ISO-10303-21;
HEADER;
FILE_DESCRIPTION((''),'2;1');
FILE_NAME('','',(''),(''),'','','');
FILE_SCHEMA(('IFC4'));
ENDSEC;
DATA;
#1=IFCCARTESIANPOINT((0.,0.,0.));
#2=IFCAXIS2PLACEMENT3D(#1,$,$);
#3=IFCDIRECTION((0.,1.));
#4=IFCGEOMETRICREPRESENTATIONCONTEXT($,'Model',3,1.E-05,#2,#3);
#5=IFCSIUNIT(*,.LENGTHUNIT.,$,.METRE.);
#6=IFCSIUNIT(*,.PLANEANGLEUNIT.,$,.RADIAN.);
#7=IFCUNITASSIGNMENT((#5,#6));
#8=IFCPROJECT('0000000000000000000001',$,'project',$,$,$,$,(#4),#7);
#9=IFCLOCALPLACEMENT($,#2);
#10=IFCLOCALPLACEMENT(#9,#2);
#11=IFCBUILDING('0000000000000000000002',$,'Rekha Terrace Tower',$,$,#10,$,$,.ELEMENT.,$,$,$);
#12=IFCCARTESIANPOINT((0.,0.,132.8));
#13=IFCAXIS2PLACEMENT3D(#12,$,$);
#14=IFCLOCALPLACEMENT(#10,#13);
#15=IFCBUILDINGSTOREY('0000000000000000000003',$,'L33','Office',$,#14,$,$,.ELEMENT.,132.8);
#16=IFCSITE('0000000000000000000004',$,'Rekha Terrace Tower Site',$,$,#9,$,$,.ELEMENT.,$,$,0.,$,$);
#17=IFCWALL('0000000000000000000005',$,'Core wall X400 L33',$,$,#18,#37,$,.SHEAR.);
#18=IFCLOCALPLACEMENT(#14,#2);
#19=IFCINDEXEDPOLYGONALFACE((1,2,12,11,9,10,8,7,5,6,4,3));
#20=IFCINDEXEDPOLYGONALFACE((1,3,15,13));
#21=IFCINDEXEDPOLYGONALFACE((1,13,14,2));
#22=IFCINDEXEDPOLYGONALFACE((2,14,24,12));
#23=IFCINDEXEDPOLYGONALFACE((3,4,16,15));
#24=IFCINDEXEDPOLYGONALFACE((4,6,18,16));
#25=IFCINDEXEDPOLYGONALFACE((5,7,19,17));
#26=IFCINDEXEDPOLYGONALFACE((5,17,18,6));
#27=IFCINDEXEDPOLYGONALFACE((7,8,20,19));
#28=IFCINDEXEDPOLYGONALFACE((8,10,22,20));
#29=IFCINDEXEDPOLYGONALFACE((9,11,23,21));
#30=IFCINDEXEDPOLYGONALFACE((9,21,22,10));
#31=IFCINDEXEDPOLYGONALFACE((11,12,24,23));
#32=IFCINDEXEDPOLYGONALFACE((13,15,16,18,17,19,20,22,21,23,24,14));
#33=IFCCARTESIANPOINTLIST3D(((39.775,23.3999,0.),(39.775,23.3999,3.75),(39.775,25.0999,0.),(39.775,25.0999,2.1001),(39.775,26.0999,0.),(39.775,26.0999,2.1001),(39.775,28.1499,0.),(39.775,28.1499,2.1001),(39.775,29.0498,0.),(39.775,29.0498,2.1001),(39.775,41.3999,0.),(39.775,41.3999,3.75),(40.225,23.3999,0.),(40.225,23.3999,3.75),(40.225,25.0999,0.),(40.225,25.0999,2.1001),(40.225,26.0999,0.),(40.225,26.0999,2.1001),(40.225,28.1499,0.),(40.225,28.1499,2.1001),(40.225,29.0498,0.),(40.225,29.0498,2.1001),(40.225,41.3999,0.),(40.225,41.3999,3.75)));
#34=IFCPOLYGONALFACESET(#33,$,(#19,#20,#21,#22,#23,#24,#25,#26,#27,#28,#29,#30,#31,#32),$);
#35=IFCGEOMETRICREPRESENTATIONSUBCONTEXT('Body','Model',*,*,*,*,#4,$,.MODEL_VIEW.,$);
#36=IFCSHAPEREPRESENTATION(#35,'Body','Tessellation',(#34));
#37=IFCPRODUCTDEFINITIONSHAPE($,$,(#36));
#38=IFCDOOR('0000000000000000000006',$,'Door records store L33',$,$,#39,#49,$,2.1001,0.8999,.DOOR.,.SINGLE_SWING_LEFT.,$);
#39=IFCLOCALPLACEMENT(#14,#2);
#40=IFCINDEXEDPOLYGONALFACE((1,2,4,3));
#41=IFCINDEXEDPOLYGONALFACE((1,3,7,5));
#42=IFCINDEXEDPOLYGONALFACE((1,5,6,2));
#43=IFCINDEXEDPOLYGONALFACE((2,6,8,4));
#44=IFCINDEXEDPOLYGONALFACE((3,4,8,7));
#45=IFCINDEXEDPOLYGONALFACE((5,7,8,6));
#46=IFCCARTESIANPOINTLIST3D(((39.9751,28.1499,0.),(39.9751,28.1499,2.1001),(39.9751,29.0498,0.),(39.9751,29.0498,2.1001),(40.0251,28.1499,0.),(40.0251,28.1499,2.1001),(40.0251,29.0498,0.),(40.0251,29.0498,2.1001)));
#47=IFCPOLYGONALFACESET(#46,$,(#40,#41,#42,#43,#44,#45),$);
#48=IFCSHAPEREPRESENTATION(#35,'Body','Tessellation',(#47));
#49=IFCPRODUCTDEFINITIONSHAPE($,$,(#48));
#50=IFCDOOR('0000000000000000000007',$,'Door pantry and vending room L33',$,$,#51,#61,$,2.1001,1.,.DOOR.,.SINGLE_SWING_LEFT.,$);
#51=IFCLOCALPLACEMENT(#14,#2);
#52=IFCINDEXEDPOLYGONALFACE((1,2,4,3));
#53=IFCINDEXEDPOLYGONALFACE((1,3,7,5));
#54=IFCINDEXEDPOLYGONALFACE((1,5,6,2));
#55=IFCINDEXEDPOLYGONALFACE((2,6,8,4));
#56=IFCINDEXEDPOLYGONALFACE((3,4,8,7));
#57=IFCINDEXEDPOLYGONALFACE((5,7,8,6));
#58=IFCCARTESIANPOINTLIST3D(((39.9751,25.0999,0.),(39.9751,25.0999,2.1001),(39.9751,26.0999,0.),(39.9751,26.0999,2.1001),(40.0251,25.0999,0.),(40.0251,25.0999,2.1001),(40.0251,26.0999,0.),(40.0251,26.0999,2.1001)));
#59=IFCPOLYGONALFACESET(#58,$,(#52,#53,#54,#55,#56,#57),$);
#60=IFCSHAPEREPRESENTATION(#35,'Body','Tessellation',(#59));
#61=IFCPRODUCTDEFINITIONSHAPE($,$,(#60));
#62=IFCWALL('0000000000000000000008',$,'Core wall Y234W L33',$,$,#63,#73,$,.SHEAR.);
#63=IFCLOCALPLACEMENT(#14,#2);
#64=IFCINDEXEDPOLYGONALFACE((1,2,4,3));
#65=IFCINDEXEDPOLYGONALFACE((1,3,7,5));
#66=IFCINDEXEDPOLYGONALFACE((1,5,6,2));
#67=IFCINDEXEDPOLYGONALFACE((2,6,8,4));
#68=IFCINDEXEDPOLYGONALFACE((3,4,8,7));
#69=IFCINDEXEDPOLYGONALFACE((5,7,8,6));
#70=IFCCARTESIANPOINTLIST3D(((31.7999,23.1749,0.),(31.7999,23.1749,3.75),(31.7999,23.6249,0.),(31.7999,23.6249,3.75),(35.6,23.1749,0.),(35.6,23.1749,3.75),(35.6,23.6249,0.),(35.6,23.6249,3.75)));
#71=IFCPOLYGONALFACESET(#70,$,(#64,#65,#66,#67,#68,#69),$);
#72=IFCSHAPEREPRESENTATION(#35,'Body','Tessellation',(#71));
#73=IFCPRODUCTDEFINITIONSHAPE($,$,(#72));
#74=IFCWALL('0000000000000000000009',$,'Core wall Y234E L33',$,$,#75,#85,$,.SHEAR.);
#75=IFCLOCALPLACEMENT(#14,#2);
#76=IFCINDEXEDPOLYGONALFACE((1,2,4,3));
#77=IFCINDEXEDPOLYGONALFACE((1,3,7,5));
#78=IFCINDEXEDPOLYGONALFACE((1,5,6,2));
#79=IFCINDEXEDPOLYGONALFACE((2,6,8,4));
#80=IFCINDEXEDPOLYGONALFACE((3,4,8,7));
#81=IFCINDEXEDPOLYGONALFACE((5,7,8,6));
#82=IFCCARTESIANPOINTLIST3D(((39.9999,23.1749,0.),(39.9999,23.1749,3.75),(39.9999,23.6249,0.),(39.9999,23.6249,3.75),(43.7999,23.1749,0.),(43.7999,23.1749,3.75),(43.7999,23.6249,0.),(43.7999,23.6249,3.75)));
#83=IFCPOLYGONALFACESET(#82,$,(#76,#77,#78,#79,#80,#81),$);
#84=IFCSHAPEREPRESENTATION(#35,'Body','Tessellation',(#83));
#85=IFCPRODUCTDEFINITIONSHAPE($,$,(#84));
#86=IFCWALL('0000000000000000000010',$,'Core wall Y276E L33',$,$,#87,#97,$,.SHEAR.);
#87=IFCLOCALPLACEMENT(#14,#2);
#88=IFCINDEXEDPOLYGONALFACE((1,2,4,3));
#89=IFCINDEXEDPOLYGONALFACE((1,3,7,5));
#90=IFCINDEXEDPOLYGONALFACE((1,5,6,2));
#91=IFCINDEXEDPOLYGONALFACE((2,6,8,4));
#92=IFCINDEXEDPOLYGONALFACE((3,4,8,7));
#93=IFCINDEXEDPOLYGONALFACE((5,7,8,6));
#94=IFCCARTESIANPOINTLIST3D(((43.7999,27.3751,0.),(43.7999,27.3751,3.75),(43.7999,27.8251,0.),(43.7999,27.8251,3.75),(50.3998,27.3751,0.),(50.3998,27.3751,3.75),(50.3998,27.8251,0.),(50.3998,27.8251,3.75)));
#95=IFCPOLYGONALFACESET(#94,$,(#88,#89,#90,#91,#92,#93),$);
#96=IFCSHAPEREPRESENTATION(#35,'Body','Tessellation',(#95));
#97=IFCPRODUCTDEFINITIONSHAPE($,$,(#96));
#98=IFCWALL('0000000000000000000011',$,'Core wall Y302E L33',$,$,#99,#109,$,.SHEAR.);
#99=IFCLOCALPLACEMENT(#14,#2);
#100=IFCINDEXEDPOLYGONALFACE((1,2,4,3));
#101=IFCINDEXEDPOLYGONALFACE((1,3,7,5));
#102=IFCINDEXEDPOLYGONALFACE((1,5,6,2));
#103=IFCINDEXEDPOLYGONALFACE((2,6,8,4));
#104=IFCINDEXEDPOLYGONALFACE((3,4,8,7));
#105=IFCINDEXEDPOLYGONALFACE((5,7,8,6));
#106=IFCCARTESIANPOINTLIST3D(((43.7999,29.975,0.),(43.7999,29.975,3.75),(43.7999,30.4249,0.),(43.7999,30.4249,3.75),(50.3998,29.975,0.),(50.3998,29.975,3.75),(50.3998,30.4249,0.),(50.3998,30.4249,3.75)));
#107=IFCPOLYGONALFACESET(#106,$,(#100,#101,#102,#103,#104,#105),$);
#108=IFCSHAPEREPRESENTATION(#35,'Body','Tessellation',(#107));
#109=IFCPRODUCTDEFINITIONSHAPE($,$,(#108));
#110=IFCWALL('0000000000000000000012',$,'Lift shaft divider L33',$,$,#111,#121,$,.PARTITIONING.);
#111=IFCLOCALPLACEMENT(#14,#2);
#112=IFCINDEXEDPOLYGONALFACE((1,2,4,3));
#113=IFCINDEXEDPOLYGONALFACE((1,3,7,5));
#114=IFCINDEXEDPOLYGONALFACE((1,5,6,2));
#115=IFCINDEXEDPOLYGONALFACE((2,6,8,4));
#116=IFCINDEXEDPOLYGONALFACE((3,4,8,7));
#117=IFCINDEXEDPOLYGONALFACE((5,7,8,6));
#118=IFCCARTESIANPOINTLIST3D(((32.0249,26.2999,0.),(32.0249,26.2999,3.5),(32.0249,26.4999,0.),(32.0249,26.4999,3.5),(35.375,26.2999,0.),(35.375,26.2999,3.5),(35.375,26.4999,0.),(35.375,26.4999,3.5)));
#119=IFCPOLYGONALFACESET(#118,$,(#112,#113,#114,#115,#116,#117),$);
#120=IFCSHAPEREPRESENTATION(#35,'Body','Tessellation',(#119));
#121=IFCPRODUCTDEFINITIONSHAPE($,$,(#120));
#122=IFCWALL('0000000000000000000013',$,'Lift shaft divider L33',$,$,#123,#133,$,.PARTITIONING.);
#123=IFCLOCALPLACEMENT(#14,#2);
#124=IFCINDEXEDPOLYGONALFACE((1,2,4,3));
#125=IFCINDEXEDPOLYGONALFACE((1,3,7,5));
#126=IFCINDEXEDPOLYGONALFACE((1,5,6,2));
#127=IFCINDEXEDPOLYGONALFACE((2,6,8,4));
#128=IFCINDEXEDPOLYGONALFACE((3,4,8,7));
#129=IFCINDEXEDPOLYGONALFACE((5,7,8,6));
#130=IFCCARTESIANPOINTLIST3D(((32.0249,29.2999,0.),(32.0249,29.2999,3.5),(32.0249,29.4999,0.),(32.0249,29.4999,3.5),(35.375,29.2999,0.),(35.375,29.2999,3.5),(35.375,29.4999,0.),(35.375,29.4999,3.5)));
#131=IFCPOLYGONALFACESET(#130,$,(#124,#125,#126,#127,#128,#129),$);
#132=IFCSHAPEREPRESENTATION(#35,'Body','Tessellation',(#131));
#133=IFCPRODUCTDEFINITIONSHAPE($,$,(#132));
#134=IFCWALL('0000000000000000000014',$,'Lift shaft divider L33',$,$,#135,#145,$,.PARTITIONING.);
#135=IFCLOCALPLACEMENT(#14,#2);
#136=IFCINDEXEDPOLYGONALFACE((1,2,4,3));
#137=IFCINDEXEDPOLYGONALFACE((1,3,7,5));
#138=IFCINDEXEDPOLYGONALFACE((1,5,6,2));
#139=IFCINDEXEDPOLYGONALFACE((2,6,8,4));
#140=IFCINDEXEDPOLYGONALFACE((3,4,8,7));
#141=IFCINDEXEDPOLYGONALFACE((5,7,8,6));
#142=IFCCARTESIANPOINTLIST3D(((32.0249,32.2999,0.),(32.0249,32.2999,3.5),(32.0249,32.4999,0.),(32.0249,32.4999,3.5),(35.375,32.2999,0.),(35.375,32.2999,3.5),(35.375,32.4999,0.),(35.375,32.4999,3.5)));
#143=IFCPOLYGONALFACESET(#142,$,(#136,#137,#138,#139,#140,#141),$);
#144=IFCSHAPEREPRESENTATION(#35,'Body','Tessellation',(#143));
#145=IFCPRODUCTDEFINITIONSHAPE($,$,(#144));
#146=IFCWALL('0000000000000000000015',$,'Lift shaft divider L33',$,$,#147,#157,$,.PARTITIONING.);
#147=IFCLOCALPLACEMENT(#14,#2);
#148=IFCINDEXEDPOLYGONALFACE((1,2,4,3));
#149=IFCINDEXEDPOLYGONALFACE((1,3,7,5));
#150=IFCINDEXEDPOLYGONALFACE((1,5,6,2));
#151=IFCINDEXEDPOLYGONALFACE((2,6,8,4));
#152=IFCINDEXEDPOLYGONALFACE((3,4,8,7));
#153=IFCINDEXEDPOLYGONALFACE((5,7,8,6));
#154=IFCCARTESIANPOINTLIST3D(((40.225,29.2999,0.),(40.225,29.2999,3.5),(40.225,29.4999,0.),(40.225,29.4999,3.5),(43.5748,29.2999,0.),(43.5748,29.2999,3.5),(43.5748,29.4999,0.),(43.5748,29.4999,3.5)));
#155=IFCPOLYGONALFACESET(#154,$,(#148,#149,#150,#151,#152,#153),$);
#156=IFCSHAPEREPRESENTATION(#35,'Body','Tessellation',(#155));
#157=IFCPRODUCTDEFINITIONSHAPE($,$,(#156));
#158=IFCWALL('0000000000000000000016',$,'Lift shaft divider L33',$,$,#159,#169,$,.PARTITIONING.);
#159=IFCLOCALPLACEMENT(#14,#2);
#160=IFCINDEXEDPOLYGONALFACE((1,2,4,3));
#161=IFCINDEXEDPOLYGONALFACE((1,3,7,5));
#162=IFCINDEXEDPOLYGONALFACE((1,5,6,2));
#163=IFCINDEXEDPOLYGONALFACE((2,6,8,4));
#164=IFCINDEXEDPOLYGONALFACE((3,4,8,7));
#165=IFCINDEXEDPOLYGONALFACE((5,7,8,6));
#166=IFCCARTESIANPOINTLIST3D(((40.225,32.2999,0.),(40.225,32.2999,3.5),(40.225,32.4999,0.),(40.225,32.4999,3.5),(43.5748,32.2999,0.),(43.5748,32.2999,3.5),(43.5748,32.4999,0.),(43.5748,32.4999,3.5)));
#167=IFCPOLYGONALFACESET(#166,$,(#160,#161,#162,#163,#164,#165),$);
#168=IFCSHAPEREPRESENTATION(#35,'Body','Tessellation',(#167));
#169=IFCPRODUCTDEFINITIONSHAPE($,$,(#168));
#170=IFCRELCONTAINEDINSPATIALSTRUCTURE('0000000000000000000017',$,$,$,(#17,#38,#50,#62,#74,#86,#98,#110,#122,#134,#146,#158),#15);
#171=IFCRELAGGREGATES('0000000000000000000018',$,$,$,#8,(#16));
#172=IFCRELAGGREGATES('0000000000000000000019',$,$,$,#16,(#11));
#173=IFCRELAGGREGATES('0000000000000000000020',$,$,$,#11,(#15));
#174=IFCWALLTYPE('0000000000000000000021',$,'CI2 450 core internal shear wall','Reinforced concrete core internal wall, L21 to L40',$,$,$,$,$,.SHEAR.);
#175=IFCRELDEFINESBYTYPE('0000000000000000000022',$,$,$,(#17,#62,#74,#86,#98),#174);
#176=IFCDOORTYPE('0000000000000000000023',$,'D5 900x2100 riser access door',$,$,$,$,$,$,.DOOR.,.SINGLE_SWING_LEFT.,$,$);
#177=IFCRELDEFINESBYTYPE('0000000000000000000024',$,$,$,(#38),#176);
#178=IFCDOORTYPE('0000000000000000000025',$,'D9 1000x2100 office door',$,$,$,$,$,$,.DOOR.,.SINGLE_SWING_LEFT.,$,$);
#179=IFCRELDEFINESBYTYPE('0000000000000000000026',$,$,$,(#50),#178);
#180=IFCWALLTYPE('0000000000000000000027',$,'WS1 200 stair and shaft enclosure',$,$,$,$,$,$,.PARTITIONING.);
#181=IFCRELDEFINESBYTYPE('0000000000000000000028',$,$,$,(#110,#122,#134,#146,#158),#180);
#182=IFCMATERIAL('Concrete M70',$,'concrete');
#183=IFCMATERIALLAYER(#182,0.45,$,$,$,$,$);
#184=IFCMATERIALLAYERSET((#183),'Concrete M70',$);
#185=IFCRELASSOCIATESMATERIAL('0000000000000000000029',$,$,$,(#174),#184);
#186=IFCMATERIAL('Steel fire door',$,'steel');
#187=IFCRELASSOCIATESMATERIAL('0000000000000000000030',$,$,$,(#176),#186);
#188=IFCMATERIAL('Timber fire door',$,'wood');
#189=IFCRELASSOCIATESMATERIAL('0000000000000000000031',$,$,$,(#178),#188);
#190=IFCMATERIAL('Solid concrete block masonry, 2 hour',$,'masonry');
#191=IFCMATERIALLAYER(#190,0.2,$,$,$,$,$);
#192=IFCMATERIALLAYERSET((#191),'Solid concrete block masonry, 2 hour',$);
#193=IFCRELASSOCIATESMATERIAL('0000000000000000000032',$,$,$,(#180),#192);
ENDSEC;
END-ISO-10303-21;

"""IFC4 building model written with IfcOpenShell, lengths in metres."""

from ifc_helpers import new_model, si_unit, direction, frame, frame_2d, origin, place, context, subcontext, project, spatial, rectangle, extrude, material, layer, layer_set, type_object, element, fill, save


model = new_model("IFC4")

# Units and contexts
model_context = context("Model", 3, precision=1e-05, world=origin(), true_north=direction((0.0, 1.0)))
body_context = subcontext(model_context, "Body", "Model", "MODEL_VIEW")
ifc_project = project(units=[si_unit("LENGTHUNIT", "METRE"), si_unit("PLANEANGLEUNIT", "RADIAN")], contexts=[model_context])

# Site, building, storey
site_placement = place(None, origin())
site = spatial("IfcSite", under=ifc_project, at=site_placement, Name="Rekha Terrace Tower Site", CompositionType="ELEMENT", RefElevation=0.0)
building_placement = place(site_placement, origin())
building = spatial("IfcBuilding", under=site, at=building_placement, Name="Rekha Terrace Tower", CompositionType="ELEMENT")
storey_placement = place(building_placement, frame((0.0, 0.0, 132.8)))
storey = spatial("IfcBuildingStorey", under=building, at=storey_placement, Name="L33", Description="Office", CompositionType="ELEMENT", Elevation=132.8)

# Wall, openings, doors
ifc_material_1 = material(Name="Concrete M70", Category="concrete")
ifc_layer_1 = layer(ifc_material_1, 0.45)
ifc_layer_set_1 = layer_set([ifc_layer_1], Name="Concrete M70")
wall_type_1 = type_object("IfcWallType", Name="CI2 450 core internal shear wall", Description="Reinforced concrete core internal wall, L21 to L40", PredefinedType="SHEAR", material=ifc_layer_set_1)
wall_1_placement = place(storey_placement, frame((40.0, 23.3999, 0.0), z_axis=(0.0, 0.0, 1.0), x_axis=(0.0, 1.0, 0.0)))
wall_1 = element("IfcWall", 1, at=wall_1_placement, inside=storey, type_object=wall_type_1, Name="Core wall X400 L33", PredefinedType="SHEAR", context=body_context, shape_type="SweptSolid", body=[
    extrude(rectangle(XDim=18.0, YDim=0.45, at=frame_2d((9.0, 0.0))), origin(), (0.0, 0.0, 1.0), 3.75),
])
opening_1_placement = place(wall_1_placement, frame((1.7, 0.0, 0.0)))
opening_1 = element("IfcOpeningElement", 2, at=opening_1_placement, cuts=wall_1, PredefinedType="OPENING", context=body_context, shape_type="SweptSolid", body=[
    extrude(rectangle(XDim=1.0, YDim=2.1001, at=frame_2d((0.5, 1.05))), frame((0.0, 0.2349, 0.0), z_axis=(0.0, -1.0, 0.0), x_axis=(1.0, 0.0, 0.0)), (0.0, 0.0, 1.0), 0.47),
])
opening_2_placement = place(wall_1_placement, frame((4.75, 0.0, 0.0)))
opening_2 = element("IfcOpeningElement", 3, at=opening_2_placement, cuts=wall_1, PredefinedType="OPENING", context=body_context, shape_type="SweptSolid", body=[
    extrude(rectangle(XDim=0.8999, YDim=2.1001, at=frame_2d((0.45, 1.05))), frame((0.0, 0.2349, 0.0), z_axis=(0.0, -1.0, 0.0), x_axis=(1.0, 0.0, 0.0)), (0.0, 0.0, 1.0), 0.47),
])
ifc_material_2 = material(Name="Steel fire door", Category="steel")
door_type_1 = type_object("IfcDoorType", Name="D5 900x2100 riser access door", OperationType="SINGLE_SWING_LEFT", PredefinedType="DOOR", material=ifc_material_2)
door_1_placement = place(opening_2_placement, origin())
door_1 = element("IfcDoor", 4, at=door_1_placement, inside=storey, type_object=door_type_1, Name="Door records store L33", OperationType="SINGLE_SWING_LEFT", OverallHeight=2.1001, OverallWidth=0.8999, PredefinedType="DOOR", context=body_context, shape_type="SweptSolid", body=[
    extrude(rectangle(XDim=0.8999, YDim=2.1001, at=frame_2d((0.45, 1.05))), frame((0.0, 0.0249, 0.0), z_axis=(0.0, -1.0, 0.0), x_axis=(1.0, 0.0, 0.0)), (0.0, 0.0, 1.0), 0.05),
])
fill(opening_2, door_1)
ifc_material_3 = material(Name="Timber fire door", Category="wood")
door_type_2 = type_object("IfcDoorType", Name="D9 1000x2100 office door", OperationType="SINGLE_SWING_LEFT", PredefinedType="DOOR", material=ifc_material_3)
door_2_placement = place(opening_1_placement, origin())
door_2 = element("IfcDoor", 5, at=door_2_placement, inside=storey, type_object=door_type_2, Name="Door pantry and vending room L33", OperationType="SINGLE_SWING_LEFT", OverallHeight=2.1001, OverallWidth=1.0, PredefinedType="DOOR", context=body_context, shape_type="SweptSolid", body=[
    extrude(rectangle(XDim=1.0, YDim=2.1001, at=frame_2d((0.5, 1.05))), frame((0.0, 0.0249, 0.0), z_axis=(0.0, -1.0, 0.0), x_axis=(1.0, 0.0, 0.0)), (0.0, 0.0, 1.0), 0.05),
])
fill(opening_1, door_2)

# Walls
for number, where, z_axis, x_axis, name in (
    (6, (31.8, 23.3999, 0.0), (0.0, 0.0, 1.0), (1.0, 0.0, 0.0), "Core wall Y234W L33"),
    (7, (40.0, 23.3999, 0.0), (0.0, 0.0, 1.0), (1.0, 0.0, 0.0), "Core wall Y234E L33"),
):
    element("IfcWall", number, at=place(storey_placement, frame(where, z_axis=z_axis, x_axis=x_axis)), inside=storey, type_object=wall_type_1, Name=name, PredefinedType="SHEAR", context=body_context, shape_type="SweptSolid", body=[
        extrude(rectangle(XDim=3.8, YDim=0.45, at=frame_2d((1.8999, 0.0))), origin(), (0.0, 0.0, 1.0), 3.75),
    ])
for number, where, z_axis, x_axis, name in (
    (8, (43.8, 27.6001, 0.0), (0.0, 0.0, 1.0), (1.0, 0.0, 0.0), "Core wall Y276E L33"),
    (9, (43.8, 30.2, 0.0), (0.0, 0.0, 1.0), (1.0, 0.0, 0.0), "Core wall Y302E L33"),
):
    element("IfcWall", number, at=place(storey_placement, frame(where, z_axis=z_axis, x_axis=x_axis)), inside=storey, type_object=wall_type_1, Name=name, PredefinedType="SHEAR", context=body_context, shape_type="SweptSolid", body=[
        extrude(rectangle(XDim=6.5999, YDim=0.45, at=frame_2d((3.2998, 0.0))), origin(), (0.0, 0.0, 1.0), 3.75),
    ])
ifc_material_4 = material(Name="Solid concrete block masonry, 2 hour", Category="masonry")
ifc_layer_2 = layer(ifc_material_4, 0.2)
ifc_layer_set_2 = layer_set([ifc_layer_2], Name="Solid concrete block masonry, 2 hour")
wall_type_2 = type_object("IfcWallType", Name="WS1 200 stair and shaft enclosure", PredefinedType="PARTITIONING", material=ifc_layer_set_2)
for number, where, z_axis, x_axis, name in (
    (10, (32.0249, 26.3999, 0.0), (0.0, 0.0, 1.0), (1.0, 0.0, 0.0), "Lift shaft divider L33"),
    (11, (32.0249, 29.3999, 0.0), (0.0, 0.0, 1.0), (1.0, 0.0, 0.0), "Lift shaft divider L33"),
    (12, (32.0249, 32.3999, 0.0), (0.0, 0.0, 1.0), (1.0, 0.0, 0.0), "Lift shaft divider L33"),
):
    element("IfcWall", number, at=place(storey_placement, frame(where, z_axis=z_axis, x_axis=x_axis)), inside=storey, type_object=wall_type_2, Name=name, PredefinedType="PARTITIONING", context=body_context, shape_type="SweptSolid", body=[
        extrude(rectangle(XDim=3.3501, YDim=0.2, at=frame_2d((1.675, 0.0))), origin(), (0.0, 0.0, 1.0), 3.5),
    ])
for number, where, z_axis, x_axis, name in (
    (13, (40.2251, 29.3999, 0.0), (0.0, 0.0, 1.0), (1.0, 0.0, 0.0), "Lift shaft divider L33"),
    (14, (40.2251, 32.3999, 0.0), (0.0, 0.0, 1.0), (1.0, 0.0, 0.0), "Lift shaft divider L33"),
):
    element("IfcWall", number, at=place(storey_placement, frame(where, z_axis=z_axis, x_axis=x_axis)), inside=storey, type_object=wall_type_2, Name=name, PredefinedType="PARTITIONING", context=body_context, shape_type="SweptSolid", body=[
        extrude(rectangle(XDim=3.3499, YDim=0.2, at=frame_2d((1.6748, 0.0))), origin(), (0.0, 0.0, 1.0), 3.5),
    ])

save(model, "model.ifc")
